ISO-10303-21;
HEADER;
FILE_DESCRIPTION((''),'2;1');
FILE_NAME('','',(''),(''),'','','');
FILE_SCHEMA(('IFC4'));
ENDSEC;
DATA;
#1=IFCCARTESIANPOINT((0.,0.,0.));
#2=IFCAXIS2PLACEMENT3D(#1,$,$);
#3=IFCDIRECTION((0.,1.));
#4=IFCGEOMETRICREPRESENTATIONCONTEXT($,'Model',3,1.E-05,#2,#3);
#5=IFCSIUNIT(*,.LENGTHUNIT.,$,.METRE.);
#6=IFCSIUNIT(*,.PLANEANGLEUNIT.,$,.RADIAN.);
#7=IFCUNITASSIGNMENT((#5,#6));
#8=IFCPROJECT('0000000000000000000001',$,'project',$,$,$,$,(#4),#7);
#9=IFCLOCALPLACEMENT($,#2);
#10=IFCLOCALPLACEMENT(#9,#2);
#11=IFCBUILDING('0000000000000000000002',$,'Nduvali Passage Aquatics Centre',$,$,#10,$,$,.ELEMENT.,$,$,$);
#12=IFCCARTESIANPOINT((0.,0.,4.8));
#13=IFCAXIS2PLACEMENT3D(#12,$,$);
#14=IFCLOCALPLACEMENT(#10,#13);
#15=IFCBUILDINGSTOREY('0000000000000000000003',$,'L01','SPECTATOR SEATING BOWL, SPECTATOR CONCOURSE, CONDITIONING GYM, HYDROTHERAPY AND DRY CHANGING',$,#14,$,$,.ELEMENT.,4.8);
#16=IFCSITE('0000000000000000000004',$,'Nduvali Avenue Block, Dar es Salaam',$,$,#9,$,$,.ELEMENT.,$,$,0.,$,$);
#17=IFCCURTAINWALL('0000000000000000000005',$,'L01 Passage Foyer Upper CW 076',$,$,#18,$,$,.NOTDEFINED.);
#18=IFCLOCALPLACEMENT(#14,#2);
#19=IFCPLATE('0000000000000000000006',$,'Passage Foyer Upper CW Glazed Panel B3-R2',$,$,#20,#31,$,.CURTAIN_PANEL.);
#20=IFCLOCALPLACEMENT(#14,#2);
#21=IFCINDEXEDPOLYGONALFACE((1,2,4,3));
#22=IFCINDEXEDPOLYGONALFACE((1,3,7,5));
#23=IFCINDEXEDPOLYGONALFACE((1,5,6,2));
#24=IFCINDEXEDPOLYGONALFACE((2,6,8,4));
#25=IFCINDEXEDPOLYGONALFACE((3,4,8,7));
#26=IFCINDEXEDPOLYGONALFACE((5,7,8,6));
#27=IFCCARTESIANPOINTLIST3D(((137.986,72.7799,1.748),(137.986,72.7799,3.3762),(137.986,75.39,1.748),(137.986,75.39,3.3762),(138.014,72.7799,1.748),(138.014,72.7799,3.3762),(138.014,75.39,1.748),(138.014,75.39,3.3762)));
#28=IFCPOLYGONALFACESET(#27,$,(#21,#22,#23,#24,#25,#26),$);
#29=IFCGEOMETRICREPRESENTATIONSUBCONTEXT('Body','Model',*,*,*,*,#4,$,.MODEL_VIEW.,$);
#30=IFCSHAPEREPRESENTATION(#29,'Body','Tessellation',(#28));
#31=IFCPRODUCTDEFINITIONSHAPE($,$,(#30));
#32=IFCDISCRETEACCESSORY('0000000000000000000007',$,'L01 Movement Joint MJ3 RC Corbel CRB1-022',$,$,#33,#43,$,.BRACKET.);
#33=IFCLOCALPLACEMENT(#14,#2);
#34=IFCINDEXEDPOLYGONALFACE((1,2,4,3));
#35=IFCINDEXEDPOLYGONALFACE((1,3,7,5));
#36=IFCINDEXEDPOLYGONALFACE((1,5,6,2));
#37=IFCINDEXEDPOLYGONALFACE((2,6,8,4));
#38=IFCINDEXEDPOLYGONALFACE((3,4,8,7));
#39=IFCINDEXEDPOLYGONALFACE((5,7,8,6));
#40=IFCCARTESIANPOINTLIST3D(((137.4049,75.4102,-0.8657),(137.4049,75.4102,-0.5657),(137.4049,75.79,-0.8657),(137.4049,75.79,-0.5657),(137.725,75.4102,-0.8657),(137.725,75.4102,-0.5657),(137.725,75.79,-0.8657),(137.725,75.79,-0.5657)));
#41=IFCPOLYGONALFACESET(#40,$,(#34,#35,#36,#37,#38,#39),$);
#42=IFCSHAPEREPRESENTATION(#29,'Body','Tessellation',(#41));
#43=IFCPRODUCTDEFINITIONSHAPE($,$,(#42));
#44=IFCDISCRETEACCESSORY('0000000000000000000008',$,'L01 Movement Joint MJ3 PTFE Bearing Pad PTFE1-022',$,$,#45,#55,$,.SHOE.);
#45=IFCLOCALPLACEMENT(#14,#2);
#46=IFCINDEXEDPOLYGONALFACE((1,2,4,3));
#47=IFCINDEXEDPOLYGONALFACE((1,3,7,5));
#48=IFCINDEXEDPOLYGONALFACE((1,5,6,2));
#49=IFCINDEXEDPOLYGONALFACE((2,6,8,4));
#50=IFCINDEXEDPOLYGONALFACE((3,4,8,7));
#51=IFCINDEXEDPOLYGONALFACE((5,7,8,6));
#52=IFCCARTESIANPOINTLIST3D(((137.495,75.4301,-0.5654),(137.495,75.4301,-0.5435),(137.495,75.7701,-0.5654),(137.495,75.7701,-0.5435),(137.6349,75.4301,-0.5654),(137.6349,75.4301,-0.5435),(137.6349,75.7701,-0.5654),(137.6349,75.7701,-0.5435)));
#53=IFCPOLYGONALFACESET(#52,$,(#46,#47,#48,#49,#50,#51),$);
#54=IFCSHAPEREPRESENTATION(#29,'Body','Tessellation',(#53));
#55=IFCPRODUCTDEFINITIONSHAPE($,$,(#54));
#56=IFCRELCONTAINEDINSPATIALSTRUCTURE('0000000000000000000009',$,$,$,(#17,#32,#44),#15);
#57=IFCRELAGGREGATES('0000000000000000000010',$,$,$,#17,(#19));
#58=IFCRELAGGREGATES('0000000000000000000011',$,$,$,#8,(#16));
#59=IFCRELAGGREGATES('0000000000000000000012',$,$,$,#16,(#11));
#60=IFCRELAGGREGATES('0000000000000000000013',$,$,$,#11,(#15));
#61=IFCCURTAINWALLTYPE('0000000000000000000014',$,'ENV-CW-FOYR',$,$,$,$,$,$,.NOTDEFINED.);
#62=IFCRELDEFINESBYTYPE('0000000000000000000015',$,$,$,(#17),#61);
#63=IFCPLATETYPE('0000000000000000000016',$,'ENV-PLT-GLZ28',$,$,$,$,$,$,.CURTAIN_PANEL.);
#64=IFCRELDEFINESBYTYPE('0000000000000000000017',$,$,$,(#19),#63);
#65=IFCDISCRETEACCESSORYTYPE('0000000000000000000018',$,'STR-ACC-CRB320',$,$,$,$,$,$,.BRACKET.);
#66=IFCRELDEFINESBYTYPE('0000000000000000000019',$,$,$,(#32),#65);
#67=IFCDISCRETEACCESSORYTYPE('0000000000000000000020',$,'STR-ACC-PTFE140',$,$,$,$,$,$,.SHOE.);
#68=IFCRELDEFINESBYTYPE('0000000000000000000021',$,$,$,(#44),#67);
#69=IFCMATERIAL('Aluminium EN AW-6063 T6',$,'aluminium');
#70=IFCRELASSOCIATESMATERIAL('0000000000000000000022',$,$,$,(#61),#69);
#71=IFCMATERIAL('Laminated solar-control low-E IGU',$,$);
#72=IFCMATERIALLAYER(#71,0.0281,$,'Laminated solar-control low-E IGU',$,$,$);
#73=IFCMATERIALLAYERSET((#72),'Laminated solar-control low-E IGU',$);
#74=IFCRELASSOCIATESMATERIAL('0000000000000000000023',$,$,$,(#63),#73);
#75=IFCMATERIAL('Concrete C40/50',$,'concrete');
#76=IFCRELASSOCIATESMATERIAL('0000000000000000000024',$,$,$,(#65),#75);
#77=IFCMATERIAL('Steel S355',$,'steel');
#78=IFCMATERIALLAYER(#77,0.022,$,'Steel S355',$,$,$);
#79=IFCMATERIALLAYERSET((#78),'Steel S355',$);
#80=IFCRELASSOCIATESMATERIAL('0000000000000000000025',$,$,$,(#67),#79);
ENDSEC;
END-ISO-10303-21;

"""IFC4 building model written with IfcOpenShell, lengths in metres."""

from ifc_helpers import new_model, si_unit, direction, frame, origin, origin_2d, place, context, subcontext, project, spatial, rectangle, extrude, material, layer, layer_set, type_object, element, aggregate, save


model = new_model("IFC4")

# Units and contexts
model_context = context("Model", 3, precision=1e-05, world=origin(), true_north=direction((0.0, 1.0)))
body_context = subcontext(model_context, "Body", "Model", "MODEL_VIEW")
ifc_project = project(units=[si_unit("LENGTHUNIT", "METRE"), si_unit("PLANEANGLEUNIT", "RADIAN")], contexts=[model_context])

# Site, building, storey
site_placement = place(None, origin())
site = spatial("IfcSite", under=ifc_project, at=site_placement, Name="Nduvali Avenue Block, Dar es Salaam", CompositionType="ELEMENT", RefElevation=0.0)
building_placement = place(site_placement, origin())
building = spatial("IfcBuilding", under=site, at=building_placement, Name="Nduvali Passage Aquatics Centre", CompositionType="ELEMENT")
storey_placement = place(building_placement, frame((0.0, 0.0, 4.8)))
storey = spatial("IfcBuildingStorey", under=building, at=storey_placement, Name="L01", Description="SPECTATOR SEATING BOWL, SPECTATOR CONCOURSE, CONDITIONING GYM, HYDROTHERAPY AND DRY CHANGING", CompositionType="ELEMENT", Elevation=4.8)

# Shared definitions
ifc_material_1 = material(Name="Steel S355", Category="steel")

# Curtain wall
ifc_material_2 = material(Name="Aluminium EN AW-6063 T6", Category="aluminium")
curtain_wall_type = type_object("IfcCurtainWallType", Name="ENV-CW-FOYR", PredefinedType="NOTDEFINED", material=ifc_material_2)
curtain_wall_placement = place(storey_placement, origin())
curtain_wall = element("IfcCurtainWall", 1, at=curtain_wall_placement, inside=storey, type_object=curtain_wall_type, Name="L01 Passage Foyer Upper CW 076", PredefinedType="NOTDEFINED")

# Plate
ifc_material_3 = material(Name="Laminated solar-control low-E IGU")
ifc_layer_1 = layer(ifc_material_3, 0.0281, Name="Laminated solar-control low-E IGU")
ifc_layer_set_1 = layer_set([ifc_layer_1], Name="Laminated solar-control low-E IGU")
plate_type = type_object("IfcPlateType", Name="ENV-PLT-GLZ28", PredefinedType="CURTAIN_PANEL", material=ifc_layer_set_1)
plate_1_placement = place(storey_placement, frame((138.0, 74.085, 1.748), z_axis=(0.0, 0.0, 1.0), x_axis=(0.0, 1.0, 0.0)))
plate_1 = element("IfcPlate", 2, at=plate_1_placement, type_object=plate_type, Name="Passage Foyer Upper CW Glazed Panel B3-R2", PredefinedType="CURTAIN_PANEL", context=body_context, shape_type="SweptSolid", body=[
    extrude(rectangle(XDim=2.6101, YDim=0.0281, at=origin_2d()), origin(), (0.0, 0.0, 1.0), 1.6282),
])
aggregate(curtain_wall, [plate_1])

# Discrete accessories
ifc_material_4 = material(Name="Concrete C40/50", Category="concrete")
discrete_accessory_type_1 = type_object("IfcDiscreteAccessoryType", Name="STR-ACC-CRB320", PredefinedType="BRACKET", material=ifc_material_4)
discrete_accessory_1_placement = place(storey_placement, frame((137.5649, 75.6001, -0.8657), z_axis=(0.0, 0.0, 1.0), x_axis=(1.0, 0.0, 0.0)))
element("IfcDiscreteAccessory", 3, at=discrete_accessory_1_placement, inside=storey, type_object=discrete_accessory_type_1, Name="L01 Movement Joint MJ3 RC Corbel CRB1-022", PredefinedType="BRACKET", context=body_context, shape_type="SweptSolid", body=[
    extrude(rectangle(XDim=0.3201, YDim=0.3799, at=origin_2d()), origin(), (0.0, 0.0, 1.0), 0.3),
])
ifc_layer_2 = layer(ifc_material_1, 0.022, Name="Steel S355")
ifc_layer_set_2 = layer_set([ifc_layer_2], Name="Steel S355")
discrete_accessory_type_2 = type_object("IfcDiscreteAccessoryType", Name="STR-ACC-PTFE140", PredefinedType="SHOE", material=ifc_layer_set_2)
discrete_accessory_2_placement = place(storey_placement, frame((137.5649, 75.6001, -0.5654), z_axis=(0.0, 0.0, 1.0), x_axis=(1.0, 0.0, 0.0)))
element("IfcDiscreteAccessory", 4, at=discrete_accessory_2_placement, inside=storey, type_object=discrete_accessory_type_2, Name="L01 Movement Joint MJ3 PTFE Bearing Pad PTFE1-022", PredefinedType="SHOE", context=body_context, shape_type="SweptSolid", body=[
    extrude(rectangle(XDim=0.1399, YDim=0.3401, at=origin_2d()), origin(), (0.0, 0.0, 1.0), 0.022),
])

save(model, "model.ifc")
